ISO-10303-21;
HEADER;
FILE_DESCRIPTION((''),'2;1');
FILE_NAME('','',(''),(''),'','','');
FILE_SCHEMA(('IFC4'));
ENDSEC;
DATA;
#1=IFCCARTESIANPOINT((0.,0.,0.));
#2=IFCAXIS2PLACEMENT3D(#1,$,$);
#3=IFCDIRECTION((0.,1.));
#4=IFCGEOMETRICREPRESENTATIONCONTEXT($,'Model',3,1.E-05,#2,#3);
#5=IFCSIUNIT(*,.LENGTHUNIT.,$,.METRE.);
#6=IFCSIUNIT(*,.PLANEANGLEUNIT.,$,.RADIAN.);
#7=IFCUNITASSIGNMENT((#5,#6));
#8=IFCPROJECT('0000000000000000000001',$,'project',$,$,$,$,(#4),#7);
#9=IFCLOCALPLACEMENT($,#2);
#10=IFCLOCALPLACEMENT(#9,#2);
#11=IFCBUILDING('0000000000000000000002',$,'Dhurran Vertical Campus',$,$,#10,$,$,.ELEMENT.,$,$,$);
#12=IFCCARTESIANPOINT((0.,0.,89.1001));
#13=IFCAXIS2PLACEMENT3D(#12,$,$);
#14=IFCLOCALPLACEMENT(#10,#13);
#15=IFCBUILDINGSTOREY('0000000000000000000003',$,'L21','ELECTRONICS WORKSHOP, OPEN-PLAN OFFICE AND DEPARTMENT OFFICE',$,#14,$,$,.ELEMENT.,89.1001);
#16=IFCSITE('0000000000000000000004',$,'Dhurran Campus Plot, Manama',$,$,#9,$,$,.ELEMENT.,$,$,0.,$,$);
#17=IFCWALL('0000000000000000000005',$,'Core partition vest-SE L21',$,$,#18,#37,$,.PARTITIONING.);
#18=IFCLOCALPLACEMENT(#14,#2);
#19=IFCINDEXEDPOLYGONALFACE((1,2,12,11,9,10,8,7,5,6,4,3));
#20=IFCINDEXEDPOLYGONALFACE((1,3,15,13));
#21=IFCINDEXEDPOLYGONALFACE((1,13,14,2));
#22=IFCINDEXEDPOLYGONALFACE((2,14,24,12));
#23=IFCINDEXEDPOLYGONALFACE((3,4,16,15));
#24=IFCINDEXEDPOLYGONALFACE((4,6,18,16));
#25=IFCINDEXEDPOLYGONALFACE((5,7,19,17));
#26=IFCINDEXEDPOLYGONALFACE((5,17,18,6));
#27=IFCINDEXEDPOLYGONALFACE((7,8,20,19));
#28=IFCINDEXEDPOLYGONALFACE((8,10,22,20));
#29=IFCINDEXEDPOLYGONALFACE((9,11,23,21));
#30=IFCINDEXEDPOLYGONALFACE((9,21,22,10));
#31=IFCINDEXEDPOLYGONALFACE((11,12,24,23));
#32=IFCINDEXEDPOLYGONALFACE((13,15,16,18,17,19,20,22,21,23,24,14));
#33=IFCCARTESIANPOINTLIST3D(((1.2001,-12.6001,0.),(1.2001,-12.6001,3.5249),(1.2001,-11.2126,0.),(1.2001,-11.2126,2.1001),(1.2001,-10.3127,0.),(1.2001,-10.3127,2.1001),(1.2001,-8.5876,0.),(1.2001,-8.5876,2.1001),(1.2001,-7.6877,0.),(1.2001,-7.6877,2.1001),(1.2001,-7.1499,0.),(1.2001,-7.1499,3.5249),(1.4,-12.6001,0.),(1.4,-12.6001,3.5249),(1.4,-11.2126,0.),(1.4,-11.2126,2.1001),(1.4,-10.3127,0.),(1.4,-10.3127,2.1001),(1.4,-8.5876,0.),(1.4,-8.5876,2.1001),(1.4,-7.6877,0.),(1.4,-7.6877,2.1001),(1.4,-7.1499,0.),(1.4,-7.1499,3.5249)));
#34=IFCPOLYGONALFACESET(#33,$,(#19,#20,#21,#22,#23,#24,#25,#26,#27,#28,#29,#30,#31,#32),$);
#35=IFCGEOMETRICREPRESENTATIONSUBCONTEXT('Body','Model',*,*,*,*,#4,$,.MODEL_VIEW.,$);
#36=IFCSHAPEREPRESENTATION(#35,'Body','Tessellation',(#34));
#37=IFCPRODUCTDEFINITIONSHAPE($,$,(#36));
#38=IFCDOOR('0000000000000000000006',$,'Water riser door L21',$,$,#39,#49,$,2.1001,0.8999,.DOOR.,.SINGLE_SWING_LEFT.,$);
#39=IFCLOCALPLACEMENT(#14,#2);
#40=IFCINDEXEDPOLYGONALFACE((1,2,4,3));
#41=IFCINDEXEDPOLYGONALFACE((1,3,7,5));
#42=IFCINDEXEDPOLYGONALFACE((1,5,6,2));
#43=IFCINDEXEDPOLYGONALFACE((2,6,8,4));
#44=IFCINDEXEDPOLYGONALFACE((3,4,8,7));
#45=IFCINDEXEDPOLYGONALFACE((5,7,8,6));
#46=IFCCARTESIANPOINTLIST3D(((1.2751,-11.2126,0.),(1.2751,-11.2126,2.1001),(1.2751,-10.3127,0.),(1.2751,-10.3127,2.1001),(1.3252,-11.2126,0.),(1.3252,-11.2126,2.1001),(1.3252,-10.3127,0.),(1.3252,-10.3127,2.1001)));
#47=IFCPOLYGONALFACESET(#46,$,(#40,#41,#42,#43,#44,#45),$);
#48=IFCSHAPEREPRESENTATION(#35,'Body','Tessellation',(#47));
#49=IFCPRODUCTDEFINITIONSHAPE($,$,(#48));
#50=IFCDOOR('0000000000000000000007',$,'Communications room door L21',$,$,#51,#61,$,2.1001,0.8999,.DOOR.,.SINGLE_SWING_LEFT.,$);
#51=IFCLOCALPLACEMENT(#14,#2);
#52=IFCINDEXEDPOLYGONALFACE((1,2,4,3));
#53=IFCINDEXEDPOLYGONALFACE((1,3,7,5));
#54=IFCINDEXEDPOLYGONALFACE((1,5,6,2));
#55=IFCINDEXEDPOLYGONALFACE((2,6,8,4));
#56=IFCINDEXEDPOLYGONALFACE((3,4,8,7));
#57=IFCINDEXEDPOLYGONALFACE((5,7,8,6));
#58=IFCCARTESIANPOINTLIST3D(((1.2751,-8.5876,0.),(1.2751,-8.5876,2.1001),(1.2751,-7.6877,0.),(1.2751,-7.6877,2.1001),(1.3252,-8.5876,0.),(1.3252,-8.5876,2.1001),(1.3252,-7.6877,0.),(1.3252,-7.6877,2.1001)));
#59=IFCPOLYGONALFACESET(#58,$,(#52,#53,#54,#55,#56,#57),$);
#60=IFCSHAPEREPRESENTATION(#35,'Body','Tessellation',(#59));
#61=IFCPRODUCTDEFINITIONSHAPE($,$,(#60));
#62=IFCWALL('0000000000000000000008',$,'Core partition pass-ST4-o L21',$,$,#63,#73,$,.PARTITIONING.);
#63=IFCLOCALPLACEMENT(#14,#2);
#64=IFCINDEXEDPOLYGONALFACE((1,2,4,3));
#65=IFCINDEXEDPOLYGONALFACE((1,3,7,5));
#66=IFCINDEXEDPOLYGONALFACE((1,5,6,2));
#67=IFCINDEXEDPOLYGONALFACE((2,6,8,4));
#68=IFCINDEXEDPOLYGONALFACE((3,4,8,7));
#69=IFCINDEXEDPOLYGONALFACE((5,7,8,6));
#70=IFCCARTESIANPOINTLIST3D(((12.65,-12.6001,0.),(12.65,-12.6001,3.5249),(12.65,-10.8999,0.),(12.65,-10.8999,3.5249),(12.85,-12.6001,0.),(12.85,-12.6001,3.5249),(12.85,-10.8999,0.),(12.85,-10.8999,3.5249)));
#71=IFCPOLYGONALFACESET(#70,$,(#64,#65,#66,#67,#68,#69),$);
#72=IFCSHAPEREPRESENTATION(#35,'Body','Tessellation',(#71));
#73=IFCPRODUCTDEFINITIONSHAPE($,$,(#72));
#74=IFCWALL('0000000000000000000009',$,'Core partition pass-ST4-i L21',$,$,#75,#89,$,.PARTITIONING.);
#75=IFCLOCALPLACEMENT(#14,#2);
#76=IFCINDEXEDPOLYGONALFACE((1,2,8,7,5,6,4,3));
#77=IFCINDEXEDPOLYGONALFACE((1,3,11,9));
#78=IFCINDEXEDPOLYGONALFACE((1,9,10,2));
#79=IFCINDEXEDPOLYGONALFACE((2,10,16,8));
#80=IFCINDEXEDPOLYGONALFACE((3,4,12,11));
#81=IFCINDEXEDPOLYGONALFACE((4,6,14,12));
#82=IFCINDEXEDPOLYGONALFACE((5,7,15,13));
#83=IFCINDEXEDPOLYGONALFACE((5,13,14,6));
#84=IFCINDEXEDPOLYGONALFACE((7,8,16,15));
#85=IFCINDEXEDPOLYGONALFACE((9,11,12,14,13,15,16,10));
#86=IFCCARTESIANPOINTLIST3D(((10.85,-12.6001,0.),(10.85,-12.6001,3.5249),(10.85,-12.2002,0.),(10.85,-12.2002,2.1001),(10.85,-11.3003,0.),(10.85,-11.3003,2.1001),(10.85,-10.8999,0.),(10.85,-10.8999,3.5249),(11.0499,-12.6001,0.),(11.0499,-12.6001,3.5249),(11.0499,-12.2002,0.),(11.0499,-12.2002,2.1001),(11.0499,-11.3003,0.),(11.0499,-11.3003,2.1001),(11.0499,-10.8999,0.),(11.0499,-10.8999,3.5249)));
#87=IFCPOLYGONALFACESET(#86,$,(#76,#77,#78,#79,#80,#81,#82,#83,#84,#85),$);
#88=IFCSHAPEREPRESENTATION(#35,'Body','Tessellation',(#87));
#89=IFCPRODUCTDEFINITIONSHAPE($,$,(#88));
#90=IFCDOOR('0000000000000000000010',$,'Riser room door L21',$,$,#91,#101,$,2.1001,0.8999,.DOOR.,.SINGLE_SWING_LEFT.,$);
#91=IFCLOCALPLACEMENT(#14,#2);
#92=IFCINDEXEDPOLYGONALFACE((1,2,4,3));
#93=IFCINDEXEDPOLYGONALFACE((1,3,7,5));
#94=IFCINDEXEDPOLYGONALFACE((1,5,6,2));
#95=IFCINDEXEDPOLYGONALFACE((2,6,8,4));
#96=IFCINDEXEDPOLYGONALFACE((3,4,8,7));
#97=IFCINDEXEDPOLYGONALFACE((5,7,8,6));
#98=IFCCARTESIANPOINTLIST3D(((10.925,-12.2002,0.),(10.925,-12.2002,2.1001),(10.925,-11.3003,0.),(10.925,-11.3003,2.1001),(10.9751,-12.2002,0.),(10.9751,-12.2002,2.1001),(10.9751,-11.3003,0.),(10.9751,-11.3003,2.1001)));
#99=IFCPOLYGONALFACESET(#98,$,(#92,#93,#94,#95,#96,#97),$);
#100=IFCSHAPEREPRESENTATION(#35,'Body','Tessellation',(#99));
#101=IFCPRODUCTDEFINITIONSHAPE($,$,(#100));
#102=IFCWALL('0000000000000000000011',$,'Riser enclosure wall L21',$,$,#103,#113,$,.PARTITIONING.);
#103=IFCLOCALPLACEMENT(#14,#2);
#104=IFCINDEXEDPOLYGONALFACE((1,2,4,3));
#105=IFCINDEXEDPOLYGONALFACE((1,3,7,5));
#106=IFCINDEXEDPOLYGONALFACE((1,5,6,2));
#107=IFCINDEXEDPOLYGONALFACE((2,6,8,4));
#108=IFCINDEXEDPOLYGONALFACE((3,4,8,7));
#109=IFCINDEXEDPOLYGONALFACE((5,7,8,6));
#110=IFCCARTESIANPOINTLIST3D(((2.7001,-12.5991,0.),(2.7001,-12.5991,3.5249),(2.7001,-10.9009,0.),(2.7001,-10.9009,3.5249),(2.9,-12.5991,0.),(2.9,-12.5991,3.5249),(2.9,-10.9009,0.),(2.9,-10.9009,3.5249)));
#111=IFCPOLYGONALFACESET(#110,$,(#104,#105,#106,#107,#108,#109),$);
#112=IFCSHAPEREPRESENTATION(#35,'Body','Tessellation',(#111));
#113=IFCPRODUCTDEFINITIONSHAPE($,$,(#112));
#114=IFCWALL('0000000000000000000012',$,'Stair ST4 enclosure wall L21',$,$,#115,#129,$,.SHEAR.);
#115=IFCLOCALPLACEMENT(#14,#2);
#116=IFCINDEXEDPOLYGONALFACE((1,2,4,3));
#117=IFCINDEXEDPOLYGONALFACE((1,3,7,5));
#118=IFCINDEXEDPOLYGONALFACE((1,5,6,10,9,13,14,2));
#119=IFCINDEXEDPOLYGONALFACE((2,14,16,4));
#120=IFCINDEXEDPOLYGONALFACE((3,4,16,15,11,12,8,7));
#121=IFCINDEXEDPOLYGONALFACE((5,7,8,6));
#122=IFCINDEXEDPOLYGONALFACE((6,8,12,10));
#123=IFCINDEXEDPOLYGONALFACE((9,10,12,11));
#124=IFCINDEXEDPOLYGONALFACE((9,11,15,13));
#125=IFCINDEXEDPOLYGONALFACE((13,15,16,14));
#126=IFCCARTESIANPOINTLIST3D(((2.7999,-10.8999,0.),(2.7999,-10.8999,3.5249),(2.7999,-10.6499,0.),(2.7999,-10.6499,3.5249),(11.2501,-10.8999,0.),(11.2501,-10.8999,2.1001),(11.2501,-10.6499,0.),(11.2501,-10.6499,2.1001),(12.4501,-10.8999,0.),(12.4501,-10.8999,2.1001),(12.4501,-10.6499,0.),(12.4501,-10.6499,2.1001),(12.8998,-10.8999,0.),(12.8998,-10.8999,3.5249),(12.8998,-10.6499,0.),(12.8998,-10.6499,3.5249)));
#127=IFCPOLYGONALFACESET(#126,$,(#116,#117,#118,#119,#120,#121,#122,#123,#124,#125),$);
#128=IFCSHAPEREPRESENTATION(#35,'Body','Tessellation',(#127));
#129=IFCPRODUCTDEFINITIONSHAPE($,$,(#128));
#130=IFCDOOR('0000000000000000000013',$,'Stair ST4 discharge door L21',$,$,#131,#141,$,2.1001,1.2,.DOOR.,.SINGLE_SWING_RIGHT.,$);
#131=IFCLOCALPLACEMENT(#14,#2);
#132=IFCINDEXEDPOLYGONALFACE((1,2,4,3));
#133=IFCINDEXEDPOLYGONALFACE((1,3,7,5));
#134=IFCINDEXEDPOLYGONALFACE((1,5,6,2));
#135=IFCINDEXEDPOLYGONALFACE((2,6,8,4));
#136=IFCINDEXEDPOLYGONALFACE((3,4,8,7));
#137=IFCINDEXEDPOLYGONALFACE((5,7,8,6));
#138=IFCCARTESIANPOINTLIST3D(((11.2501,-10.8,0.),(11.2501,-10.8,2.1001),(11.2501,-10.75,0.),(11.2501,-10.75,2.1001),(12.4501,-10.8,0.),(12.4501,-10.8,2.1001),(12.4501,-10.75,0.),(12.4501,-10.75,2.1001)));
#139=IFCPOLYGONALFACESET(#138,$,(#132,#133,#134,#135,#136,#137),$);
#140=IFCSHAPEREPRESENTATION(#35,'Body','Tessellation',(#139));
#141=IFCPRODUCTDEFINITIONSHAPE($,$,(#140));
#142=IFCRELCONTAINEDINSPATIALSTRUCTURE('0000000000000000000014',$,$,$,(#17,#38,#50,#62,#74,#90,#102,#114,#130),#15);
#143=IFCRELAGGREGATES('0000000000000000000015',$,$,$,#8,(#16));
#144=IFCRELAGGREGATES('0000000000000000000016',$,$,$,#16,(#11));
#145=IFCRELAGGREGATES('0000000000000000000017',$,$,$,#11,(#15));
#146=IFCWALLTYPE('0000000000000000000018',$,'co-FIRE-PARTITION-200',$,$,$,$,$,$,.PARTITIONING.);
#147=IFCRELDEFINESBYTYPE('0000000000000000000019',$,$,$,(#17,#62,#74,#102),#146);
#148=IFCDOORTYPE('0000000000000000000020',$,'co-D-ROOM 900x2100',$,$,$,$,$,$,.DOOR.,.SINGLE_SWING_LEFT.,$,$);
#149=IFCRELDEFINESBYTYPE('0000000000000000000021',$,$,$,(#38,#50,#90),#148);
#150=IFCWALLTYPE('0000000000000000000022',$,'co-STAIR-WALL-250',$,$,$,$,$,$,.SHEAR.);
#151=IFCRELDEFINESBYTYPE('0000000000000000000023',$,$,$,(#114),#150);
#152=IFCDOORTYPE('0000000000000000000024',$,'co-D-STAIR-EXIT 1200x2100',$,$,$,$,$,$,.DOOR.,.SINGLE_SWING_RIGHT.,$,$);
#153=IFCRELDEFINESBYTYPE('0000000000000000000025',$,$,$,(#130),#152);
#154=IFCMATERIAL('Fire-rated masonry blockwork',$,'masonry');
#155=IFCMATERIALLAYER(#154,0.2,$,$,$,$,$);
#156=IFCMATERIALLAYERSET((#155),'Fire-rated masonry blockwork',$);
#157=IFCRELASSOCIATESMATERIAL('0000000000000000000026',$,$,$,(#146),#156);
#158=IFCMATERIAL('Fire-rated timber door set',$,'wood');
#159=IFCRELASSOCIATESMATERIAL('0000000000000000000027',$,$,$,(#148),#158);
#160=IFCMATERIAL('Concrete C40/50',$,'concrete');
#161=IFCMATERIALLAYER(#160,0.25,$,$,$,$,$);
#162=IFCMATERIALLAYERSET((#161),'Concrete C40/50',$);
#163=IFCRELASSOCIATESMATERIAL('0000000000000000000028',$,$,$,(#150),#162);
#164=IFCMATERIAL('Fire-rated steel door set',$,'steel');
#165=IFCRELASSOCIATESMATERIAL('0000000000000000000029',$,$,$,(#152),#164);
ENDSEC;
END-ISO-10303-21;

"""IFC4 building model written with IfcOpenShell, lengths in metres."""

from ifc_helpers import new_model, si_unit, direction, frame, frame_2d, origin, place, context, subcontext, project, spatial, rectangle, extrude, material, layer, layer_set, type_object, element, fill, save


model = new_model("IFC4")

# Units and contexts
model_context = context("Model", 3, precision=1e-05, world=origin(), true_north=direction((0.0, 1.0)))
body_context = subcontext(model_context, "Body", "Model", "MODEL_VIEW")
ifc_project = project(units=[si_unit("LENGTHUNIT", "METRE"), si_unit("PLANEANGLEUNIT", "RADIAN")], contexts=[model_context])

# Site, building, storey
site_placement = place(None, origin())
site = spatial("IfcSite", under=ifc_project, at=site_placement, Name="Dhurran Campus Plot, Manama", CompositionType="ELEMENT", RefElevation=0.0)
building_placement = place(site_placement, origin())
building = spatial("IfcBuilding", under=site, at=building_placement, Name="Dhurran Vertical Campus", CompositionType="ELEMENT")
storey_placement = place(building_placement, frame((0.0, 0.0, 89.1001)))
storey = spatial("IfcBuildingStorey", under=building, at=storey_placement, Name="L21", Description="ELECTRONICS WORKSHOP, OPEN-PLAN OFFICE AND DEPARTMENT OFFICE", CompositionType="ELEMENT", Elevation=89.1001)

# Wall, openings, doors
ifc_material_1 = material(Name="Fire-rated masonry blockwork", Category="masonry")
ifc_layer_1 = layer(ifc_material_1, 0.2)
ifc_layer_set_1 = layer_set([ifc_layer_1], Name="Fire-rated masonry blockwork")
wall_type_1 = type_object("IfcWallType", Name="co-FIRE-PARTITION-200", PredefinedType="PARTITIONING", material=ifc_layer_set_1)
wall_1_placement = place(storey_placement, frame((1.3, -12.6001, 0.0), z_axis=(0.0, 0.0, 1.0), x_axis=(0.0, 1.0, 0.0)))
wall_1 = element("IfcWall", 1, at=wall_1_placement, inside=storey, type_object=wall_type_1, Name="Core partition vest-SE L21", PredefinedType="PARTITIONING", context=body_context, shape_type="SweptSolid", body=[
    extrude(rectangle(XDim=5.4502, YDim=0.2, at=frame_2d((2.7251, 0.0))), origin(), (0.0, 0.0, 1.0), 3.5249),
])
opening_1_placement = place(wall_1_placement, frame((1.3875, 0.0, 0.0)))
opening_1 = element("IfcOpeningElement", 2, at=opening_1_placement, cuts=wall_1, PredefinedType="OPENING", context=body_context, shape_type="SweptSolid", body=[
    extrude(rectangle(XDim=0.8999, YDim=2.1001, at=frame_2d((0.45, 1.05))), frame((0.0, 0.1099, 0.0), z_axis=(0.0, -1.0, 0.0), x_axis=(1.0, 0.0, 0.0)), (0.0, 0.0, 1.0), 0.22),
])
opening_2_placement = place(wall_1_placement, frame((4.0125, 0.0, 0.0)))
opening_2 = element("IfcOpeningElement", 3, at=opening_2_placement, cuts=wall_1, PredefinedType="OPENING", context=body_context, shape_type="SweptSolid", body=[
    extrude(rectangle(XDim=0.8999, YDim=2.1001, at=frame_2d((0.45, 1.05))), frame((0.0, 0.1099, 0.0), z_axis=(0.0, -1.0, 0.0), x_axis=(1.0, 0.0, 0.0)), (0.0, 0.0, 1.0), 0.22),
])
ifc_material_2 = material(Name="Fire-rated timber door set", Category="wood")
door_type_1 = type_object("IfcDoorType", Name="co-D-ROOM 900x2100", OperationType="SINGLE_SWING_LEFT", PredefinedType="DOOR", material=ifc_material_2)
door_1_placement = place(opening_1_placement, origin())
door_1 = element("IfcDoor", 4, at=door_1_placement, inside=storey, type_object=door_type_1, Name="Water riser door L21", OperationType="SINGLE_SWING_LEFT", OverallHeight=2.1001, OverallWidth=0.8999, PredefinedType="DOOR", context=body_context, shape_type="SweptSolid", body=[
    extrude(rectangle(XDim=0.8999, YDim=2.1001, at=frame_2d((0.45, 1.05))), frame((0.0, 0.0249, 0.0), z_axis=(0.0, -1.0, 0.0), x_axis=(1.0, 0.0, 0.0)), (0.0, 0.0, 1.0), 0.05),
])
fill(opening_1, door_1)
door_2_placement = place(opening_2_placement, origin())
door_2 = element("IfcDoor", 5, at=door_2_placement, inside=storey, type_object=door_type_1, Name="Communications room door L21", OperationType="SINGLE_SWING_LEFT", OverallHeight=2.1001, OverallWidth=0.8999, PredefinedType="DOOR", context=body_context, shape_type="SweptSolid", body=[
    extrude(rectangle(XDim=0.8999, YDim=2.1001, at=frame_2d((0.45, 1.05))), frame((0.0, 0.0249, 0.0), z_axis=(0.0, -1.0, 0.0), x_axis=(1.0, 0.0, 0.0)), (0.0, 0.0, 1.0), 0.05),
])
fill(opening_2, door_2)

# Wall
wall_2_placement = place(storey_placement, frame((12.75, -12.6001, 0.0), z_axis=(0.0, 0.0, 1.0), x_axis=(0.0, 1.0, 0.0)))
element("IfcWall", 6, at=wall_2_placement, inside=storey, type_object=wall_type_1, Name="Core partition pass-ST4-o L21", PredefinedType="PARTITIONING", context=body_context, shape_type="SweptSolid", body=[
    extrude(rectangle(XDim=1.7002, YDim=0.2, at=frame_2d((0.8501, 0.0))), origin(), (0.0, 0.0, 1.0), 3.5249),
])

# Wall, opening, door
wall_3_placement = place(storey_placement, frame((10.95, -12.6001, 0.0), z_axis=(0.0, 0.0, 1.0), x_axis=(0.0, 1.0, 0.0)))
wall_3 = element("IfcWall", 7, at=wall_3_placement, inside=storey, type_object=wall_type_1, Name="Core partition pass-ST4-i L21", PredefinedType="PARTITIONING", context=body_context, shape_type="SweptSolid", body=[
    extrude(rectangle(XDim=1.7002, YDim=0.2, at=frame_2d((0.8501, 0.0))), origin(), (0.0, 0.0, 1.0), 3.5249),
])
opening_3_placement = place(wall_3_placement, frame((0.3999, 0.0, 0.0)))
opening_3 = element("IfcOpeningElement", 8, at=opening_3_placement, cuts=wall_3, PredefinedType="OPENING", context=body_context, shape_type="SweptSolid", body=[
    extrude(rectangle(XDim=0.8999, YDim=2.1001, at=frame_2d((0.45, 1.05))), frame((0.0, 0.1099, 0.0), z_axis=(0.0, -1.0, 0.0), x_axis=(1.0, 0.0, 0.0)), (0.0, 0.0, 1.0), 0.22),
])
door_3_placement = place(opening_3_placement, origin())
door_3 = element("IfcDoor", 9, at=door_3_placement, inside=storey, type_object=door_type_1, Name="Riser room door L21", OperationType="SINGLE_SWING_LEFT", OverallHeight=2.1001, OverallWidth=0.8999, PredefinedType="DOOR", context=body_context, shape_type="SweptSolid", body=[
    extrude(rectangle(XDim=0.8999, YDim=2.1001, at=frame_2d((0.45, 1.05))), frame((0.0, 0.0249, 0.0), z_axis=(0.0, -1.0, 0.0), x_axis=(1.0, 0.0, 0.0)), (0.0, 0.0, 1.0), 0.05),
])
fill(opening_3, door_3)

# Wall
wall_4_placement = place(storey_placement, frame((2.8, -12.5991, 0.0), z_axis=(0.0, 0.0, 1.0), x_axis=(0.0, 1.0, 0.0)))
element("IfcWall", 10, at=wall_4_placement, inside=storey, type_object=wall_type_1, Name="Riser enclosure wall L21", PredefinedType="PARTITIONING", context=body_context, shape_type="SweptSolid", body=[
    extrude(rectangle(XDim=1.6982, YDim=0.2, at=frame_2d((0.8491, 0.0))), origin(), (0.0, 0.0, 1.0), 3.5249),
])

# Wall, opening, door
ifc_material_3 = material(Name="Concrete C40/50", Category="concrete")
ifc_layer_2 = layer(ifc_material_3, 0.25)
ifc_layer_set_2 = layer_set([ifc_layer_2], Name="Concrete C40/50")
wall_type_2 = type_object("IfcWallType", Name="co-STAIR-WALL-250", PredefinedType="SHEAR", material=ifc_layer_set_2)
wall_5_placement = place(storey_placement, frame((2.8, -10.7749, 0.0), z_axis=(0.0, 0.0, 1.0), x_axis=(1.0, 0.0, 0.0)))
wall_5 = element("IfcWall", 11, at=wall_5_placement, inside=storey, type_object=wall_type_2, Name="Stair ST4 enclosure wall L21", PredefinedType="SHEAR", context=body_context, shape_type="SweptSolid", body=[
    extrude(rectangle(XDim=10.0999, YDim=0.25, at=frame_2d((5.0498, 0.0))), origin(), (0.0, 0.0, 1.0), 3.5249),
])
opening_4_placement = place(wall_5_placement, frame((8.45, 0.0, 0.0)))
opening_4 = element("IfcOpeningElement", 12, at=opening_4_placement, cuts=wall_5, PredefinedType="OPENING", context=body_context, shape_type="SweptSolid", body=[
    extrude(rectangle(XDim=1.2, YDim=2.1001, at=frame_2d((0.6001, 1.05))), frame((0.0, 0.135, 0.0), z_axis=(0.0, -1.0, 0.0), x_axis=(1.0, 0.0, 0.0)), (0.0, 0.0, 1.0), 0.27),
])
ifc_material_4 = material(Name="Fire-rated steel door set", Category="steel")
door_type_2 = type_object("IfcDoorType", Name="co-D-STAIR-EXIT 1200x2100", OperationType="SINGLE_SWING_RIGHT", PredefinedType="DOOR", material=ifc_material_4)
door_4_placement = place(opening_4_placement, origin())
door_4 = element("IfcDoor", 13, at=door_4_placement, inside=storey, type_object=door_type_2, Name="Stair ST4 discharge door L21", OperationType="SINGLE_SWING_RIGHT", OverallHeight=2.1001, OverallWidth=1.2, PredefinedType="DOOR", context=body_context, shape_type="SweptSolid", body=[
    extrude(rectangle(XDim=1.2, YDim=2.1001, at=frame_2d((0.6001, 1.05))), frame((0.0, 0.0249, 0.0), z_axis=(0.0, -1.0, 0.0), x_axis=(1.0, 0.0, 0.0)), (0.0, 0.0, 1.0), 0.05),
])
fill(opening_4, door_4)

save(model, "model.ifc")
